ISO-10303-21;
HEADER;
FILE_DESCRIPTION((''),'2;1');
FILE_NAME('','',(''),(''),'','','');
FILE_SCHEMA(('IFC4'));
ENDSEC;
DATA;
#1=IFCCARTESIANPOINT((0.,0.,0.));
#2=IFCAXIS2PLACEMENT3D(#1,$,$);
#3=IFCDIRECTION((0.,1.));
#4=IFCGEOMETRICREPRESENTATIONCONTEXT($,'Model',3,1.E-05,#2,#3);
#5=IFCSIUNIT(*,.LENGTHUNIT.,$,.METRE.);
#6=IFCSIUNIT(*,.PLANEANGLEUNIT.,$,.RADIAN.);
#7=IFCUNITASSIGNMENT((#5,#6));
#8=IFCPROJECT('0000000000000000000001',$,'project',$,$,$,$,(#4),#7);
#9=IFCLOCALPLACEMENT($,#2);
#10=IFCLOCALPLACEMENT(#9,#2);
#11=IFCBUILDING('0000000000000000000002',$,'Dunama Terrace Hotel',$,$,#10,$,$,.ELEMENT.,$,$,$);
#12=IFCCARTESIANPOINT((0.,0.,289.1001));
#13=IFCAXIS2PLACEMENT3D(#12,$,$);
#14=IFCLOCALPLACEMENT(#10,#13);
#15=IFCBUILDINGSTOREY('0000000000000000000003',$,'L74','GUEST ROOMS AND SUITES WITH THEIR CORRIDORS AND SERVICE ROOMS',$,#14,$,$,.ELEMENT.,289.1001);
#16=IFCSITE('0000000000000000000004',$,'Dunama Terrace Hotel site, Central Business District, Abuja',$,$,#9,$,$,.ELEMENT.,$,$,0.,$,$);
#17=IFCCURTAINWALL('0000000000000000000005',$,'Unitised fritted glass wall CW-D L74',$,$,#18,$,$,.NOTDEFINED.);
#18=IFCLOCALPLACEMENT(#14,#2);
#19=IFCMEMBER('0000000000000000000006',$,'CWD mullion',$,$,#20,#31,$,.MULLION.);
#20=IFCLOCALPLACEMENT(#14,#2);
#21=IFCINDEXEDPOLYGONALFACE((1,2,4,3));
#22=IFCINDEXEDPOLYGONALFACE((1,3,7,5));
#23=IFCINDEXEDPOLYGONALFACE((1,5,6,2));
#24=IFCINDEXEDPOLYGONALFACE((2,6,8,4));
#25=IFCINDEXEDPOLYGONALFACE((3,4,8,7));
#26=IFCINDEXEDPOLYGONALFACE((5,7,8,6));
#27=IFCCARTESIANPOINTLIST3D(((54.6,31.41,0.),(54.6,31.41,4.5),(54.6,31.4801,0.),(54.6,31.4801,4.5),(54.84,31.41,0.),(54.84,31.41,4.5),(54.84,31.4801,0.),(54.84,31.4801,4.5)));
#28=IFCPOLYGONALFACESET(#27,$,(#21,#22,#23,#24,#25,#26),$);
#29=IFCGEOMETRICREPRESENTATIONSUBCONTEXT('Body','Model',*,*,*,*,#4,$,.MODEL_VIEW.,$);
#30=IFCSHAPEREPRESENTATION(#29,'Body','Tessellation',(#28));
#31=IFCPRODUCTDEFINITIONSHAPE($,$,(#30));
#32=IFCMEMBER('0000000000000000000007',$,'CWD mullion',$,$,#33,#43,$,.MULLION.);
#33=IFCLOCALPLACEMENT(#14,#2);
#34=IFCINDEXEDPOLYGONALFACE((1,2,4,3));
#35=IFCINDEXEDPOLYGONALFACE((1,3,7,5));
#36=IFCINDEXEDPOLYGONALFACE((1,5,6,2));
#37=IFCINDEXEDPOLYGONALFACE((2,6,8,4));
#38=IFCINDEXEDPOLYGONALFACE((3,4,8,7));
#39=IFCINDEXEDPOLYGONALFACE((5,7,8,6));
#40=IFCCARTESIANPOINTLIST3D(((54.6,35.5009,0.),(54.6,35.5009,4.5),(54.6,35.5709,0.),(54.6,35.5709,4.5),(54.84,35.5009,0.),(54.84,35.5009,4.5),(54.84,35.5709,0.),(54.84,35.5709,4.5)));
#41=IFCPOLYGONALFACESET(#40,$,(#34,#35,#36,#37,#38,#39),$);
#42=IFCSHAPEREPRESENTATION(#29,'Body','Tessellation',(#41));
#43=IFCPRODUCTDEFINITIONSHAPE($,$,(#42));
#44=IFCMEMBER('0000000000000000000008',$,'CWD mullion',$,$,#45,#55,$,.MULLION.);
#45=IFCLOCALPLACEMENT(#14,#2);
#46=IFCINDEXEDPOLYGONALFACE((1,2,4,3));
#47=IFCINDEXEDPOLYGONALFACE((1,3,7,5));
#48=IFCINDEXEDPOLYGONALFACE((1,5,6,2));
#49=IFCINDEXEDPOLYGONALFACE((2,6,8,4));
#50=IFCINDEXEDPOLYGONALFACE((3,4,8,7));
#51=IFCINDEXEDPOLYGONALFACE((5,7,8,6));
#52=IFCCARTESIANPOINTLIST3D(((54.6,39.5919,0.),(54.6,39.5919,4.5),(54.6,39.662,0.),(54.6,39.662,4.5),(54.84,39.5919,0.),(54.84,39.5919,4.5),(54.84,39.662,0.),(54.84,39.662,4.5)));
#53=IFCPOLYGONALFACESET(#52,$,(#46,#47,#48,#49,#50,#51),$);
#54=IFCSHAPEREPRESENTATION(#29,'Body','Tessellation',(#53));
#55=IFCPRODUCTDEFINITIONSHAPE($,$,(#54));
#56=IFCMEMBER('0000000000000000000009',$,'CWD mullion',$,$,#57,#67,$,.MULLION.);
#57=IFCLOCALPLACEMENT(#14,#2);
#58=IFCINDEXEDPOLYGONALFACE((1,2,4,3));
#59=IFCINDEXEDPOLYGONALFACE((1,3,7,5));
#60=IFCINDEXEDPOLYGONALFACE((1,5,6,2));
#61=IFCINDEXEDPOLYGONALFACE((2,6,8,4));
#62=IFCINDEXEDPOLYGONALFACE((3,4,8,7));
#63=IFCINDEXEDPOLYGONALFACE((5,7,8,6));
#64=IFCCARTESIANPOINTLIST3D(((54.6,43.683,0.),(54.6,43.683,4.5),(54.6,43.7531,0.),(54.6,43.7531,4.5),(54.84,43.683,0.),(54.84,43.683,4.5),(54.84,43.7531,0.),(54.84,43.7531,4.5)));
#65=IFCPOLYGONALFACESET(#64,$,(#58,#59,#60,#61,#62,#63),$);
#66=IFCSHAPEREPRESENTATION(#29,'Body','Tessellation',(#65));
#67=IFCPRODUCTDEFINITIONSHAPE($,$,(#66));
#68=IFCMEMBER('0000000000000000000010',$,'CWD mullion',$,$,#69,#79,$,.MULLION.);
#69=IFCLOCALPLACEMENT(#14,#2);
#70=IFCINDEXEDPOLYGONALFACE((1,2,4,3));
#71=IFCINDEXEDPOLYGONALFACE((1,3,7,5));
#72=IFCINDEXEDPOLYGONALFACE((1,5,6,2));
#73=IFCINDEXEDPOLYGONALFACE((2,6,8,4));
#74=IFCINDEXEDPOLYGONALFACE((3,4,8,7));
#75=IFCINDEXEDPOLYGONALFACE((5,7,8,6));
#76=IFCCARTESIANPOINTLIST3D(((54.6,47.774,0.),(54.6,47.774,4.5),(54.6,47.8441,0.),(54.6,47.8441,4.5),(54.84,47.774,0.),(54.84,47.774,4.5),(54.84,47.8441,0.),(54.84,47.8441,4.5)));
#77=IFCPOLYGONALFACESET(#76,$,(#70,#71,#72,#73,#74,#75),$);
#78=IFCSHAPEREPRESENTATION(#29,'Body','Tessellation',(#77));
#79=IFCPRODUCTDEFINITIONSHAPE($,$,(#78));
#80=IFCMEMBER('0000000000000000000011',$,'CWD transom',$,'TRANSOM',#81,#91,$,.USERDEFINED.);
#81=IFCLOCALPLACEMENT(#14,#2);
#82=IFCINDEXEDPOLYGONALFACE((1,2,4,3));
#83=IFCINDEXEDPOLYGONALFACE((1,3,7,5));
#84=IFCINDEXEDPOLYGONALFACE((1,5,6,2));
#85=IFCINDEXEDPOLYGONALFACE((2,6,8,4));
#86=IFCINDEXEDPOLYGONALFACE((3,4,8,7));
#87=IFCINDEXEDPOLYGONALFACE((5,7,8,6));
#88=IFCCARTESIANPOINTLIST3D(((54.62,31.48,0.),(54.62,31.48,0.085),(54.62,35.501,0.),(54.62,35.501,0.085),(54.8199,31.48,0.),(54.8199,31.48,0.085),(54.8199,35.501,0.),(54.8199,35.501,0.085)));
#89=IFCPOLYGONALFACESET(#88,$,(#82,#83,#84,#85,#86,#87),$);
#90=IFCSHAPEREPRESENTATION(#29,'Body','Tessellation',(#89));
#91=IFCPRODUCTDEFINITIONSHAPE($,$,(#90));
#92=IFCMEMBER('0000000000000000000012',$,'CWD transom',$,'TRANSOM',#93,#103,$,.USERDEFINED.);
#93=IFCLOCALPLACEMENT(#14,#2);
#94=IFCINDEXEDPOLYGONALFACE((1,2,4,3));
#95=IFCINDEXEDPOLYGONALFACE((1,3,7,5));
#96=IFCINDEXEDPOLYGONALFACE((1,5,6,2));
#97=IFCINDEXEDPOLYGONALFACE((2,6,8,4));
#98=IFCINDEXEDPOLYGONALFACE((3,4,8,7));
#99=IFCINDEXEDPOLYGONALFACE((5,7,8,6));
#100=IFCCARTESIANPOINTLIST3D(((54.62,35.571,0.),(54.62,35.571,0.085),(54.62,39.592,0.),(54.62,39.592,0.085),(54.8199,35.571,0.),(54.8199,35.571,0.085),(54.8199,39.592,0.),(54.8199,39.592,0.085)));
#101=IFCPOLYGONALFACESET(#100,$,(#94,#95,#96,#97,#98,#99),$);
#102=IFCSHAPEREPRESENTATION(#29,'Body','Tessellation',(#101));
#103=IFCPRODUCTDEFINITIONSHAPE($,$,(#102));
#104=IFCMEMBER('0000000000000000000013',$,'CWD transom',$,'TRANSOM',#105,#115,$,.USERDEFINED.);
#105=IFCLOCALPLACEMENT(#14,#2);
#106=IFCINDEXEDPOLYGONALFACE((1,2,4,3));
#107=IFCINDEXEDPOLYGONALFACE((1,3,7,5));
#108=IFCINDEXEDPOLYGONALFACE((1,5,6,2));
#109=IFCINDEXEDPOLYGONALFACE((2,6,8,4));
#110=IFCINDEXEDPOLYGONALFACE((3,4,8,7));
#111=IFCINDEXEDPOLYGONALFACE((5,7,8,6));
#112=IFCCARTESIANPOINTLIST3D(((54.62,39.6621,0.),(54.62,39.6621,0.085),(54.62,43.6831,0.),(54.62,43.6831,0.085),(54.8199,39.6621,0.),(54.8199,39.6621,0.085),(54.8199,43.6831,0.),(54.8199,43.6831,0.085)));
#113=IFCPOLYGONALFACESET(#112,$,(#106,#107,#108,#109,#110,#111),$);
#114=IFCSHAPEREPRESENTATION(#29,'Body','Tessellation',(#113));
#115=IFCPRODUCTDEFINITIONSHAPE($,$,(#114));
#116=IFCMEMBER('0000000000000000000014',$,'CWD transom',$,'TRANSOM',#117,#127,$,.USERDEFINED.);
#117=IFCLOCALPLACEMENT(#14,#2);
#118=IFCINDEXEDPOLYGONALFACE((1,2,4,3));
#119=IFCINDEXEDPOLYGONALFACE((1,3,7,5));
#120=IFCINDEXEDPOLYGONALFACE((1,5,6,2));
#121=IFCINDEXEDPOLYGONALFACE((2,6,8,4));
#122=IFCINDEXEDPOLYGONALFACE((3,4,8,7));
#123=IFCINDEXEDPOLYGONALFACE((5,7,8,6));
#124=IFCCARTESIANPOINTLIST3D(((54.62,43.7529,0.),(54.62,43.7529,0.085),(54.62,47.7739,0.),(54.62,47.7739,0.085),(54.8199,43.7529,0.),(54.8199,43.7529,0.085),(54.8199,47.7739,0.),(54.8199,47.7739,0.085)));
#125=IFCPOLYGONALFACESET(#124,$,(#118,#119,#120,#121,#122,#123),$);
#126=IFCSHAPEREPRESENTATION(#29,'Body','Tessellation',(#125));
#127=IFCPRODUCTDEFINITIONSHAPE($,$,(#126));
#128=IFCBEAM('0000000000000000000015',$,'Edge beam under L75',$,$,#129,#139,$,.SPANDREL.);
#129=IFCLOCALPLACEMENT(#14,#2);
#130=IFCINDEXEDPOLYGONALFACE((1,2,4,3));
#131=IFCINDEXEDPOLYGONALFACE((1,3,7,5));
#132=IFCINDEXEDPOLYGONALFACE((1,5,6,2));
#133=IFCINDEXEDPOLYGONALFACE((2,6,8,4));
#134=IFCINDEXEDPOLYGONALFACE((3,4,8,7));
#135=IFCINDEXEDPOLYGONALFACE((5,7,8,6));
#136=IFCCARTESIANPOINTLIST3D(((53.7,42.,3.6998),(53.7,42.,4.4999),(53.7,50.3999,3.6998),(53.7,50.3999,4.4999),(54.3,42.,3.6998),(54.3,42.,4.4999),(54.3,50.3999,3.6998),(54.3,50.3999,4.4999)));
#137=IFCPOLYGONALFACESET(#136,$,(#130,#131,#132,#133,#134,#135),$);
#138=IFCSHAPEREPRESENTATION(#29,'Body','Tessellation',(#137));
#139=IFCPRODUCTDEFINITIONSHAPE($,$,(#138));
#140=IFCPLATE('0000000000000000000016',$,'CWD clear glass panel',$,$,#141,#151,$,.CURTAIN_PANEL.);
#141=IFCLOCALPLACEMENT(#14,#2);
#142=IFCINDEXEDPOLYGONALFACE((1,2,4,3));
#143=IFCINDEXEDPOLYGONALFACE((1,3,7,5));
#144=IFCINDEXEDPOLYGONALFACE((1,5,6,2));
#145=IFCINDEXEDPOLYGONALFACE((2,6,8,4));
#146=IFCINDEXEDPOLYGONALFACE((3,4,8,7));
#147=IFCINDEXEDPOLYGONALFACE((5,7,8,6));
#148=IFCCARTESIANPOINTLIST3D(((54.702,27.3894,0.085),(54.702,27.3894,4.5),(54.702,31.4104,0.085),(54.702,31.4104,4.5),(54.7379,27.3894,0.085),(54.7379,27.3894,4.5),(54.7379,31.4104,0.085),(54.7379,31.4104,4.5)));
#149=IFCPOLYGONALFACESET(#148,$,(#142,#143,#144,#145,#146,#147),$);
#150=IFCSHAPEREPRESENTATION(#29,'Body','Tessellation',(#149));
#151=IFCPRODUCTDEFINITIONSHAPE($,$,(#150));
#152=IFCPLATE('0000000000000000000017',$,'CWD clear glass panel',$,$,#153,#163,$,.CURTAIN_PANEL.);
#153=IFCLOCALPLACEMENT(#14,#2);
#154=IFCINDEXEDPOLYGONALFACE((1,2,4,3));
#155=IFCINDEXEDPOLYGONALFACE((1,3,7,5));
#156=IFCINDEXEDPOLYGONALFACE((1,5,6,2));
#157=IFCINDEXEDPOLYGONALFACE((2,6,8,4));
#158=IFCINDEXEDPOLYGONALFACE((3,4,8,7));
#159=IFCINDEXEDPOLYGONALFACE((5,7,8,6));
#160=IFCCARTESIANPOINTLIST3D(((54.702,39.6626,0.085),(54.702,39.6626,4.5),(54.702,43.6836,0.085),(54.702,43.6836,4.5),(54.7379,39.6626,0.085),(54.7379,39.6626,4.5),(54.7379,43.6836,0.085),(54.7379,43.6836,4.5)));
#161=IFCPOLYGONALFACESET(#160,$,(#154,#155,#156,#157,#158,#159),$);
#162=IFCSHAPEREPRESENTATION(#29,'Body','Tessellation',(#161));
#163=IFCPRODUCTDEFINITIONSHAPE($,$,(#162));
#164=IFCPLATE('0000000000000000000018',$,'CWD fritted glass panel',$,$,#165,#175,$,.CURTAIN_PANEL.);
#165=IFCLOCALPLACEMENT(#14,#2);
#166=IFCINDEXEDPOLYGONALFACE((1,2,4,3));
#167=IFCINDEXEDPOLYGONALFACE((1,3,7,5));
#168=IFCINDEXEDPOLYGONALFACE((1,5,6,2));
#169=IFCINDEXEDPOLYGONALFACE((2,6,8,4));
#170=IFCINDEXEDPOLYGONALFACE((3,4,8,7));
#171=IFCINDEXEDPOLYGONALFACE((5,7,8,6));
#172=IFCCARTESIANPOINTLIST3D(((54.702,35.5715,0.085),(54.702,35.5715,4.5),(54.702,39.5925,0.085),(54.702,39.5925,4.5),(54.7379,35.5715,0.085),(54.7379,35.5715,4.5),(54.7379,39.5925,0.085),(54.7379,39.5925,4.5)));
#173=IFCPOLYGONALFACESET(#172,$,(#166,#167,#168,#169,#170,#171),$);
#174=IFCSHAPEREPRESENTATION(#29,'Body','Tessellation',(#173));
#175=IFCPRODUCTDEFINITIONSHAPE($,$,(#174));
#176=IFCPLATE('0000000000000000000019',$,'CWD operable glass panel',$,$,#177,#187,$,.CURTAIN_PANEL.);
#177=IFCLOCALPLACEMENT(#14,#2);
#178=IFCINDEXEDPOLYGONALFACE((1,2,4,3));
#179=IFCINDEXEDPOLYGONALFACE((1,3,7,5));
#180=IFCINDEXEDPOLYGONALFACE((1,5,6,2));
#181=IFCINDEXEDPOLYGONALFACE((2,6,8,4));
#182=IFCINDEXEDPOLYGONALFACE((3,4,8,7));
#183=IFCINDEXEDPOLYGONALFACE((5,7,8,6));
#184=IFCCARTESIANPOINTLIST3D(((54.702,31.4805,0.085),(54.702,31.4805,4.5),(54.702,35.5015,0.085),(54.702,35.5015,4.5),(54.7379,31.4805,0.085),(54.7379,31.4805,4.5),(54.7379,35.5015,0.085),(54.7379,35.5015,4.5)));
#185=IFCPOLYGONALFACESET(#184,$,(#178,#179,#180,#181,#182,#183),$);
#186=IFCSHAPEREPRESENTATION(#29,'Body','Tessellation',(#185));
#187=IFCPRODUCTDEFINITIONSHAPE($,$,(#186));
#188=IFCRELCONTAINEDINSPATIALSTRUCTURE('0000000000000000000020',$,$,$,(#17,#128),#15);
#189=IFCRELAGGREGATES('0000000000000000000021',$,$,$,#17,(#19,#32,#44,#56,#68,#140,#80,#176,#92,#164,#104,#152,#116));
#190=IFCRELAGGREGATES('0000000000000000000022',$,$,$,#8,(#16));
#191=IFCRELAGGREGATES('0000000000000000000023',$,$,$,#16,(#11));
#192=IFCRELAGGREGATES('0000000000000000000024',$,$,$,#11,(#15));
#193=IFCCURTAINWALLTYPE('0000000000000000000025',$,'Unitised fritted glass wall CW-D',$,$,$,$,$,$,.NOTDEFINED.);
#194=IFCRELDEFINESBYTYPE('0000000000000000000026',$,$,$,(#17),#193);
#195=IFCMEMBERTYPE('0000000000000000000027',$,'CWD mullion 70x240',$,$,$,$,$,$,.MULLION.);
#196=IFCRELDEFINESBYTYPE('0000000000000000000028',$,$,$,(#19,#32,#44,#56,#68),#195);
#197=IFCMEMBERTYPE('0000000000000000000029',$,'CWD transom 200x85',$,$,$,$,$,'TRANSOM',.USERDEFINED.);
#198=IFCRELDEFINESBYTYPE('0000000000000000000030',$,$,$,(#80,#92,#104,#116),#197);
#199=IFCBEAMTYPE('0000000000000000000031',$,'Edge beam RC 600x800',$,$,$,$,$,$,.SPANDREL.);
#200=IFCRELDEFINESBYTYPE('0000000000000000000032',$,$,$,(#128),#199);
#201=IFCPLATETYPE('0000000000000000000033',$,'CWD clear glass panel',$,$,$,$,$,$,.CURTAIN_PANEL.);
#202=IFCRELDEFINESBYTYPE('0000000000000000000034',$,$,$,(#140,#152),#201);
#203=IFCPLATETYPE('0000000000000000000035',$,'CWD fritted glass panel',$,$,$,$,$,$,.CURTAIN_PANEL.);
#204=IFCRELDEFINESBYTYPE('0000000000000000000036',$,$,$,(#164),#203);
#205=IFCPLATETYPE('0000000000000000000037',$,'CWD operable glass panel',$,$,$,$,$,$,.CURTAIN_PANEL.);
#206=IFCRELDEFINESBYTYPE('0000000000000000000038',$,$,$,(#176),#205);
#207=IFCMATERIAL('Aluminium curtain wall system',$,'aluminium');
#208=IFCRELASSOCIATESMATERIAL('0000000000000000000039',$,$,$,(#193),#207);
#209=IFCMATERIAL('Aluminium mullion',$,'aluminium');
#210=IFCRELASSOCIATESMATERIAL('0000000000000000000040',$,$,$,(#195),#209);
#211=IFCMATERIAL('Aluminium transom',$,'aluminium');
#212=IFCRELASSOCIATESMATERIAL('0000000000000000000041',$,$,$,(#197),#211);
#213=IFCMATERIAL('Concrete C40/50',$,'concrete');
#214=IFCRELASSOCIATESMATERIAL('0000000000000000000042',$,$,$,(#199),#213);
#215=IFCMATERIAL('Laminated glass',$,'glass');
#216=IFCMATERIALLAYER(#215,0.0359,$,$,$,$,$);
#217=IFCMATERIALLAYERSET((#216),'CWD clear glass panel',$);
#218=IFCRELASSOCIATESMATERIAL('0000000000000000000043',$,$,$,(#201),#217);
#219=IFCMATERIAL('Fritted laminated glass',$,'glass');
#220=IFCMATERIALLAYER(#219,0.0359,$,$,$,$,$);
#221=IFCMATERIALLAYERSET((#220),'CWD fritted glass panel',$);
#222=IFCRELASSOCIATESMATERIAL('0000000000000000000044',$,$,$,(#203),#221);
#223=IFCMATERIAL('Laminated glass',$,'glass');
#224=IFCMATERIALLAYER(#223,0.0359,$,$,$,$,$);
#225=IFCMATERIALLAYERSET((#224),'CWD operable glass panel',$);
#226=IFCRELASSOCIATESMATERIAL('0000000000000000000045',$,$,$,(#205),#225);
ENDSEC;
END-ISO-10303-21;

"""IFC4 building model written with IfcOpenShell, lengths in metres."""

from ifc_helpers import new_model, si_unit, direction, frame, origin, origin_2d, place, context, subcontext, project, spatial, rectangle, extrude, material, layer, layer_set, material_profile, profile_set, type_object, element, aggregate, save


model = new_model("IFC4")

# Units and contexts
model_context = context("Model", 3, precision=1e-05, world=origin(), true_north=direction((0.0, 1.0)))
body_context = subcontext(model_context, "Body", "Model", "MODEL_VIEW")
ifc_project = project(units=[si_unit("LENGTHUNIT", "METRE"), si_unit("PLANEANGLEUNIT", "RADIAN")], contexts=[model_context])

# Site, building, storey
site_placement = place(None, origin())
site = spatial("IfcSite", under=ifc_project, at=site_placement, Name="Dunama Terrace Hotel site, Central Business District, Abuja", CompositionType="ELEMENT", RefElevation=0.0)
building_placement = place(site_placement, origin())
building = spatial("IfcBuilding", under=site, at=building_placement, Name="Dunama Terrace Hotel", CompositionType="ELEMENT")
storey_placement = place(building_placement, frame((0.0, 0.0, 289.1001)))
storey = spatial("IfcBuildingStorey", under=building, at=storey_placement, Name="L74", Description="GUEST ROOMS AND SUITES WITH THEIR CORRIDORS AND SERVICE ROOMS", CompositionType="ELEMENT", Elevation=289.1001)

# Curtain wall, members
ifc_material_1 = material(Name="Aluminium curtain wall system", Category="aluminium")
curtain_wall_type = type_object("IfcCurtainWallType", Name="Unitised fritted glass wall CW-D", PredefinedType="NOTDEFINED", material=ifc_material_1)
curtain_wall_placement = place(storey_placement, origin())
curtain_wall = element("IfcCurtainWall", 1, at=curtain_wall_placement, inside=storey, type_object=curtain_wall_type, Name="Unitised fritted glass wall CW-D L74", PredefinedType="NOTDEFINED")
ifc_material_2 = material(Name="Aluminium mullion", Category="aluminium")
ifc_material_profile_1 = material_profile(ifc_material_2, rectangle(XDim=0.0701, YDim=0.24, at=origin_2d()), Name="CWD MULLION 70X240")
ifc_profile_set_1 = profile_set([ifc_material_profile_1], Name="Aluminium mullion")
member_type_1 = type_object("IfcMemberType", Name="CWD mullion 70x240", PredefinedType="MULLION", material=ifc_profile_set_1)
member_1_placement = place(storey_placement, frame((54.72, 31.4451, 0.0), z_axis=(0.0, 0.0, 1.0), x_axis=(0.0, 1.0, 0.0)))
member_1 = element("IfcMember", 2, at=member_1_placement, type_object=member_type_1, Name="CWD mullion", PredefinedType="MULLION", context=body_context, shape_type="SweptSolid", body=[
    extrude(rectangle(XDim=0.0701, YDim=0.24, at=origin_2d()), origin(), (0.0, 0.0, 1.0), 4.5),
])
member_2_placement = place(storey_placement, frame((54.72, 35.5359, 0.0), z_axis=(0.0, 0.0, 1.0), x_axis=(0.0, 1.0, 0.0)))
member_2 = element("IfcMember", 3, at=member_2_placement, type_object=member_type_1, Name="CWD mullion", PredefinedType="MULLION", context=body_context, shape_type="SweptSolid", body=[
    extrude(rectangle(XDim=0.0701, YDim=0.24, at=origin_2d()), origin(), (0.0, 0.0, 1.0), 4.5),
])
member_3_placement = place(storey_placement, frame((54.72, 39.627, 0.0), z_axis=(0.0, 0.0, 1.0), x_axis=(0.0, 1.0, 0.0)))
member_3 = element("IfcMember", 4, at=member_3_placement, type_object=member_type_1, Name="CWD mullion", PredefinedType="MULLION", context=body_context, shape_type="SweptSolid", body=[
    extrude(rectangle(XDim=0.0701, YDim=0.24, at=origin_2d()), origin(), (0.0, 0.0, 1.0), 4.5),
])
member_4_placement = place(storey_placement, frame((54.72, 43.718, 0.0), z_axis=(0.0, 0.0, 1.0), x_axis=(0.0, 1.0, 0.0)))
member_4 = element("IfcMember", 5, at=member_4_placement, type_object=member_type_1, Name="CWD mullion", PredefinedType="MULLION", context=body_context, shape_type="SweptSolid", body=[
    extrude(rectangle(XDim=0.0701, YDim=0.24, at=origin_2d()), origin(), (0.0, 0.0, 1.0), 4.5),
])
member_5_placement = place(storey_placement, frame((54.72, 47.8091, 0.0), z_axis=(0.0, 0.0, 1.0), x_axis=(0.0, 1.0, 0.0)))
member_5 = element("IfcMember", 6, at=member_5_placement, type_object=member_type_1, Name="CWD mullion", PredefinedType="MULLION", context=body_context, shape_type="SweptSolid", body=[
    extrude(rectangle(XDim=0.0701, YDim=0.24, at=origin_2d()), origin(), (0.0, 0.0, 1.0), 4.5),
])
ifc_material_3 = material(Name="Aluminium transom", Category="aluminium")
ifc_material_profile_2 = material_profile(ifc_material_3, rectangle(XDim=0.2, YDim=0.085, at=origin_2d()), Name="CWD TRANSOM 200X85")
ifc_profile_set_2 = profile_set([ifc_material_profile_2], Name="Aluminium transom")
member_type_2 = type_object("IfcMemberType", Name="CWD transom 200x85", ElementType="TRANSOM", PredefinedType="USERDEFINED", material=ifc_profile_set_2)
member_6_placement = place(storey_placement, frame((54.72, 31.48, 0.0425), z_axis=(0.0, 1.0, 0.0), x_axis=(-1.0, 0.0, 0.0)))
member_6 = element("IfcMember", 7, at=member_6_placement, type_object=member_type_2, Name="CWD transom", ObjectType="TRANSOM", PredefinedType="USERDEFINED", context=body_context, shape_type="SweptSolid", body=[
    extrude(rectangle(XDim=0.2, YDim=0.085, at=origin_2d()), origin(), (0.0, 0.0, 1.0), 4.021),
])
member_7_placement = place(storey_placement, frame((54.72, 35.571, 0.0425), z_axis=(0.0, 1.0, 0.0), x_axis=(-1.0, 0.0, 0.0)))
member_7 = element("IfcMember", 8, at=member_7_placement, type_object=member_type_2, Name="CWD transom", ObjectType="TRANSOM", PredefinedType="USERDEFINED", context=body_context, shape_type="SweptSolid", body=[
    extrude(rectangle(XDim=0.2, YDim=0.085, at=origin_2d()), origin(), (0.0, 0.0, 1.0), 4.021),
])
member_8_placement = place(storey_placement, frame((54.72, 39.6621, 0.0425), z_axis=(0.0, 1.0, 0.0), x_axis=(-1.0, 0.0, 0.0)))
member_8 = element("IfcMember", 9, at=member_8_placement, type_object=member_type_2, Name="CWD transom", ObjectType="TRANSOM", PredefinedType="USERDEFINED", context=body_context, shape_type="SweptSolid", body=[
    extrude(rectangle(XDim=0.2, YDim=0.085, at=origin_2d()), origin(), (0.0, 0.0, 1.0), 4.021),
])
member_9_placement = place(storey_placement, frame((54.72, 43.7529, 0.0425), z_axis=(0.0, 1.0, 0.0), x_axis=(-1.0, 0.0, 0.0)))
member_9 = element("IfcMember", 10, at=member_9_placement, type_object=member_type_2, Name="CWD transom", ObjectType="TRANSOM", PredefinedType="USERDEFINED", context=body_context, shape_type="SweptSolid", body=[
    extrude(rectangle(XDim=0.2, YDim=0.085, at=origin_2d()), origin(), (0.0, 0.0, 1.0), 4.021),
])

# Beam
ifc_material_4 = material(Name="Concrete C40/50", Category="concrete")
ifc_material_profile_3 = material_profile(ifc_material_4, rectangle(XDim=0.6001, YDim=0.8, at=origin_2d()), Name="RC 600x800")
ifc_profile_set_3 = profile_set([ifc_material_profile_3], Name="Concrete C40/50")
beam_type = type_object("IfcBeamType", Name="Edge beam RC 600x800", PredefinedType="SPANDREL", material=ifc_profile_set_3)
beam_placement = place(storey_placement, frame((54.0, 42.0, 4.0999), z_axis=(0.0, 1.0, 0.0), x_axis=(-1.0, 0.0, 0.0)))
element("IfcBeam", 11, at=beam_placement, inside=storey, type_object=beam_type, Name="Edge beam under L75", PredefinedType="SPANDREL", context=body_context, shape_type="SweptSolid", body=[
    extrude(rectangle(XDim=0.6001, YDim=0.8, at=origin_2d()), origin(), (0.0, 0.0, 1.0), 8.3999),
])

# Plates
ifc_material_5 = material(Name="Laminated glass", Category="glass")
ifc_layer_1 = layer(ifc_material_5, 0.0359)
ifc_layer_set_1 = layer_set([ifc_layer_1], Name="CWD clear glass panel")
plate_type_1 = type_object("IfcPlateType", Name="CWD clear glass panel", PredefinedType="CURTAIN_PANEL", material=ifc_layer_set_1)
plate_1_placement = place(storey_placement, frame((54.72, 29.3999, 0.085), z_axis=(0.0, 0.0, 1.0), x_axis=(0.0, 1.0, 0.0)))
plate_1 = element("IfcPlate", 12, at=plate_1_placement, type_object=plate_type_1, Name="CWD clear glass panel", PredefinedType="CURTAIN_PANEL", context=body_context, shape_type="SweptSolid", body=[
    extrude(rectangle(XDim=4.021, YDim=0.0359, at=origin_2d()), origin(), (0.0, 0.0, 1.0), 4.415),
])
plate_2_placement = place(storey_placement, frame((54.72, 41.6731, 0.085), z_axis=(0.0, 0.0, 1.0), x_axis=(0.0, 1.0, 0.0)))
plate_2 = element("IfcPlate", 13, at=plate_2_placement, type_object=plate_type_1, Name="CWD clear glass panel", PredefinedType="CURTAIN_PANEL", context=body_context, shape_type="SweptSolid", body=[
    extrude(rectangle(XDim=4.021, YDim=0.0359, at=origin_2d()), origin(), (0.0, 0.0, 1.0), 4.415),
])
ifc_material_6 = material(Name="Fritted laminated glass", Category="glass")
ifc_layer_2 = layer(ifc_material_6, 0.0359)
ifc_layer_set_2 = layer_set([ifc_layer_2], Name="CWD fritted glass panel")
plate_type_2 = type_object("IfcPlateType", Name="CWD fritted glass panel", PredefinedType="CURTAIN_PANEL", material=ifc_layer_set_2)
plate_3_placement = place(storey_placement, frame((54.72, 37.582, 0.085), z_axis=(0.0, 0.0, 1.0), x_axis=(0.0, 1.0, 0.0)))
plate_3 = element("IfcPlate", 14, at=plate_3_placement, type_object=plate_type_2, Name="CWD fritted glass panel", PredefinedType="CURTAIN_PANEL", context=body_context, shape_type="SweptSolid", body=[
    extrude(rectangle(XDim=4.021, YDim=0.0359, at=origin_2d()), origin(), (0.0, 0.0, 1.0), 4.415),
])
ifc_material_7 = material(Name="Laminated glass", Category="glass")
ifc_layer_3 = layer(ifc_material_7, 0.0359)
ifc_layer_set_3 = layer_set([ifc_layer_3], Name="CWD operable glass panel")
plate_type_3 = type_object("IfcPlateType", Name="CWD operable glass panel", PredefinedType="CURTAIN_PANEL", material=ifc_layer_set_3)
plate_4_placement = place(storey_placement, frame((54.72, 33.491, 0.085), z_axis=(0.0, 0.0, 1.0), x_axis=(0.0, 1.0, 0.0)))
plate_4 = element("IfcPlate", 15, at=plate_4_placement, type_object=plate_type_3, Name="CWD operable glass panel", PredefinedType="CURTAIN_PANEL", context=body_context, shape_type="SweptSolid", body=[
    extrude(rectangle(XDim=4.021, YDim=0.0359, at=origin_2d()), origin(), (0.0, 0.0, 1.0), 4.415),
])
aggregate(curtain_wall, [member_1, member_2, member_3, member_4, member_5, plate_1, member_6, plate_4, member_7, plate_3, member_8, plate_2, member_9])

save(model, "model.ifc")
